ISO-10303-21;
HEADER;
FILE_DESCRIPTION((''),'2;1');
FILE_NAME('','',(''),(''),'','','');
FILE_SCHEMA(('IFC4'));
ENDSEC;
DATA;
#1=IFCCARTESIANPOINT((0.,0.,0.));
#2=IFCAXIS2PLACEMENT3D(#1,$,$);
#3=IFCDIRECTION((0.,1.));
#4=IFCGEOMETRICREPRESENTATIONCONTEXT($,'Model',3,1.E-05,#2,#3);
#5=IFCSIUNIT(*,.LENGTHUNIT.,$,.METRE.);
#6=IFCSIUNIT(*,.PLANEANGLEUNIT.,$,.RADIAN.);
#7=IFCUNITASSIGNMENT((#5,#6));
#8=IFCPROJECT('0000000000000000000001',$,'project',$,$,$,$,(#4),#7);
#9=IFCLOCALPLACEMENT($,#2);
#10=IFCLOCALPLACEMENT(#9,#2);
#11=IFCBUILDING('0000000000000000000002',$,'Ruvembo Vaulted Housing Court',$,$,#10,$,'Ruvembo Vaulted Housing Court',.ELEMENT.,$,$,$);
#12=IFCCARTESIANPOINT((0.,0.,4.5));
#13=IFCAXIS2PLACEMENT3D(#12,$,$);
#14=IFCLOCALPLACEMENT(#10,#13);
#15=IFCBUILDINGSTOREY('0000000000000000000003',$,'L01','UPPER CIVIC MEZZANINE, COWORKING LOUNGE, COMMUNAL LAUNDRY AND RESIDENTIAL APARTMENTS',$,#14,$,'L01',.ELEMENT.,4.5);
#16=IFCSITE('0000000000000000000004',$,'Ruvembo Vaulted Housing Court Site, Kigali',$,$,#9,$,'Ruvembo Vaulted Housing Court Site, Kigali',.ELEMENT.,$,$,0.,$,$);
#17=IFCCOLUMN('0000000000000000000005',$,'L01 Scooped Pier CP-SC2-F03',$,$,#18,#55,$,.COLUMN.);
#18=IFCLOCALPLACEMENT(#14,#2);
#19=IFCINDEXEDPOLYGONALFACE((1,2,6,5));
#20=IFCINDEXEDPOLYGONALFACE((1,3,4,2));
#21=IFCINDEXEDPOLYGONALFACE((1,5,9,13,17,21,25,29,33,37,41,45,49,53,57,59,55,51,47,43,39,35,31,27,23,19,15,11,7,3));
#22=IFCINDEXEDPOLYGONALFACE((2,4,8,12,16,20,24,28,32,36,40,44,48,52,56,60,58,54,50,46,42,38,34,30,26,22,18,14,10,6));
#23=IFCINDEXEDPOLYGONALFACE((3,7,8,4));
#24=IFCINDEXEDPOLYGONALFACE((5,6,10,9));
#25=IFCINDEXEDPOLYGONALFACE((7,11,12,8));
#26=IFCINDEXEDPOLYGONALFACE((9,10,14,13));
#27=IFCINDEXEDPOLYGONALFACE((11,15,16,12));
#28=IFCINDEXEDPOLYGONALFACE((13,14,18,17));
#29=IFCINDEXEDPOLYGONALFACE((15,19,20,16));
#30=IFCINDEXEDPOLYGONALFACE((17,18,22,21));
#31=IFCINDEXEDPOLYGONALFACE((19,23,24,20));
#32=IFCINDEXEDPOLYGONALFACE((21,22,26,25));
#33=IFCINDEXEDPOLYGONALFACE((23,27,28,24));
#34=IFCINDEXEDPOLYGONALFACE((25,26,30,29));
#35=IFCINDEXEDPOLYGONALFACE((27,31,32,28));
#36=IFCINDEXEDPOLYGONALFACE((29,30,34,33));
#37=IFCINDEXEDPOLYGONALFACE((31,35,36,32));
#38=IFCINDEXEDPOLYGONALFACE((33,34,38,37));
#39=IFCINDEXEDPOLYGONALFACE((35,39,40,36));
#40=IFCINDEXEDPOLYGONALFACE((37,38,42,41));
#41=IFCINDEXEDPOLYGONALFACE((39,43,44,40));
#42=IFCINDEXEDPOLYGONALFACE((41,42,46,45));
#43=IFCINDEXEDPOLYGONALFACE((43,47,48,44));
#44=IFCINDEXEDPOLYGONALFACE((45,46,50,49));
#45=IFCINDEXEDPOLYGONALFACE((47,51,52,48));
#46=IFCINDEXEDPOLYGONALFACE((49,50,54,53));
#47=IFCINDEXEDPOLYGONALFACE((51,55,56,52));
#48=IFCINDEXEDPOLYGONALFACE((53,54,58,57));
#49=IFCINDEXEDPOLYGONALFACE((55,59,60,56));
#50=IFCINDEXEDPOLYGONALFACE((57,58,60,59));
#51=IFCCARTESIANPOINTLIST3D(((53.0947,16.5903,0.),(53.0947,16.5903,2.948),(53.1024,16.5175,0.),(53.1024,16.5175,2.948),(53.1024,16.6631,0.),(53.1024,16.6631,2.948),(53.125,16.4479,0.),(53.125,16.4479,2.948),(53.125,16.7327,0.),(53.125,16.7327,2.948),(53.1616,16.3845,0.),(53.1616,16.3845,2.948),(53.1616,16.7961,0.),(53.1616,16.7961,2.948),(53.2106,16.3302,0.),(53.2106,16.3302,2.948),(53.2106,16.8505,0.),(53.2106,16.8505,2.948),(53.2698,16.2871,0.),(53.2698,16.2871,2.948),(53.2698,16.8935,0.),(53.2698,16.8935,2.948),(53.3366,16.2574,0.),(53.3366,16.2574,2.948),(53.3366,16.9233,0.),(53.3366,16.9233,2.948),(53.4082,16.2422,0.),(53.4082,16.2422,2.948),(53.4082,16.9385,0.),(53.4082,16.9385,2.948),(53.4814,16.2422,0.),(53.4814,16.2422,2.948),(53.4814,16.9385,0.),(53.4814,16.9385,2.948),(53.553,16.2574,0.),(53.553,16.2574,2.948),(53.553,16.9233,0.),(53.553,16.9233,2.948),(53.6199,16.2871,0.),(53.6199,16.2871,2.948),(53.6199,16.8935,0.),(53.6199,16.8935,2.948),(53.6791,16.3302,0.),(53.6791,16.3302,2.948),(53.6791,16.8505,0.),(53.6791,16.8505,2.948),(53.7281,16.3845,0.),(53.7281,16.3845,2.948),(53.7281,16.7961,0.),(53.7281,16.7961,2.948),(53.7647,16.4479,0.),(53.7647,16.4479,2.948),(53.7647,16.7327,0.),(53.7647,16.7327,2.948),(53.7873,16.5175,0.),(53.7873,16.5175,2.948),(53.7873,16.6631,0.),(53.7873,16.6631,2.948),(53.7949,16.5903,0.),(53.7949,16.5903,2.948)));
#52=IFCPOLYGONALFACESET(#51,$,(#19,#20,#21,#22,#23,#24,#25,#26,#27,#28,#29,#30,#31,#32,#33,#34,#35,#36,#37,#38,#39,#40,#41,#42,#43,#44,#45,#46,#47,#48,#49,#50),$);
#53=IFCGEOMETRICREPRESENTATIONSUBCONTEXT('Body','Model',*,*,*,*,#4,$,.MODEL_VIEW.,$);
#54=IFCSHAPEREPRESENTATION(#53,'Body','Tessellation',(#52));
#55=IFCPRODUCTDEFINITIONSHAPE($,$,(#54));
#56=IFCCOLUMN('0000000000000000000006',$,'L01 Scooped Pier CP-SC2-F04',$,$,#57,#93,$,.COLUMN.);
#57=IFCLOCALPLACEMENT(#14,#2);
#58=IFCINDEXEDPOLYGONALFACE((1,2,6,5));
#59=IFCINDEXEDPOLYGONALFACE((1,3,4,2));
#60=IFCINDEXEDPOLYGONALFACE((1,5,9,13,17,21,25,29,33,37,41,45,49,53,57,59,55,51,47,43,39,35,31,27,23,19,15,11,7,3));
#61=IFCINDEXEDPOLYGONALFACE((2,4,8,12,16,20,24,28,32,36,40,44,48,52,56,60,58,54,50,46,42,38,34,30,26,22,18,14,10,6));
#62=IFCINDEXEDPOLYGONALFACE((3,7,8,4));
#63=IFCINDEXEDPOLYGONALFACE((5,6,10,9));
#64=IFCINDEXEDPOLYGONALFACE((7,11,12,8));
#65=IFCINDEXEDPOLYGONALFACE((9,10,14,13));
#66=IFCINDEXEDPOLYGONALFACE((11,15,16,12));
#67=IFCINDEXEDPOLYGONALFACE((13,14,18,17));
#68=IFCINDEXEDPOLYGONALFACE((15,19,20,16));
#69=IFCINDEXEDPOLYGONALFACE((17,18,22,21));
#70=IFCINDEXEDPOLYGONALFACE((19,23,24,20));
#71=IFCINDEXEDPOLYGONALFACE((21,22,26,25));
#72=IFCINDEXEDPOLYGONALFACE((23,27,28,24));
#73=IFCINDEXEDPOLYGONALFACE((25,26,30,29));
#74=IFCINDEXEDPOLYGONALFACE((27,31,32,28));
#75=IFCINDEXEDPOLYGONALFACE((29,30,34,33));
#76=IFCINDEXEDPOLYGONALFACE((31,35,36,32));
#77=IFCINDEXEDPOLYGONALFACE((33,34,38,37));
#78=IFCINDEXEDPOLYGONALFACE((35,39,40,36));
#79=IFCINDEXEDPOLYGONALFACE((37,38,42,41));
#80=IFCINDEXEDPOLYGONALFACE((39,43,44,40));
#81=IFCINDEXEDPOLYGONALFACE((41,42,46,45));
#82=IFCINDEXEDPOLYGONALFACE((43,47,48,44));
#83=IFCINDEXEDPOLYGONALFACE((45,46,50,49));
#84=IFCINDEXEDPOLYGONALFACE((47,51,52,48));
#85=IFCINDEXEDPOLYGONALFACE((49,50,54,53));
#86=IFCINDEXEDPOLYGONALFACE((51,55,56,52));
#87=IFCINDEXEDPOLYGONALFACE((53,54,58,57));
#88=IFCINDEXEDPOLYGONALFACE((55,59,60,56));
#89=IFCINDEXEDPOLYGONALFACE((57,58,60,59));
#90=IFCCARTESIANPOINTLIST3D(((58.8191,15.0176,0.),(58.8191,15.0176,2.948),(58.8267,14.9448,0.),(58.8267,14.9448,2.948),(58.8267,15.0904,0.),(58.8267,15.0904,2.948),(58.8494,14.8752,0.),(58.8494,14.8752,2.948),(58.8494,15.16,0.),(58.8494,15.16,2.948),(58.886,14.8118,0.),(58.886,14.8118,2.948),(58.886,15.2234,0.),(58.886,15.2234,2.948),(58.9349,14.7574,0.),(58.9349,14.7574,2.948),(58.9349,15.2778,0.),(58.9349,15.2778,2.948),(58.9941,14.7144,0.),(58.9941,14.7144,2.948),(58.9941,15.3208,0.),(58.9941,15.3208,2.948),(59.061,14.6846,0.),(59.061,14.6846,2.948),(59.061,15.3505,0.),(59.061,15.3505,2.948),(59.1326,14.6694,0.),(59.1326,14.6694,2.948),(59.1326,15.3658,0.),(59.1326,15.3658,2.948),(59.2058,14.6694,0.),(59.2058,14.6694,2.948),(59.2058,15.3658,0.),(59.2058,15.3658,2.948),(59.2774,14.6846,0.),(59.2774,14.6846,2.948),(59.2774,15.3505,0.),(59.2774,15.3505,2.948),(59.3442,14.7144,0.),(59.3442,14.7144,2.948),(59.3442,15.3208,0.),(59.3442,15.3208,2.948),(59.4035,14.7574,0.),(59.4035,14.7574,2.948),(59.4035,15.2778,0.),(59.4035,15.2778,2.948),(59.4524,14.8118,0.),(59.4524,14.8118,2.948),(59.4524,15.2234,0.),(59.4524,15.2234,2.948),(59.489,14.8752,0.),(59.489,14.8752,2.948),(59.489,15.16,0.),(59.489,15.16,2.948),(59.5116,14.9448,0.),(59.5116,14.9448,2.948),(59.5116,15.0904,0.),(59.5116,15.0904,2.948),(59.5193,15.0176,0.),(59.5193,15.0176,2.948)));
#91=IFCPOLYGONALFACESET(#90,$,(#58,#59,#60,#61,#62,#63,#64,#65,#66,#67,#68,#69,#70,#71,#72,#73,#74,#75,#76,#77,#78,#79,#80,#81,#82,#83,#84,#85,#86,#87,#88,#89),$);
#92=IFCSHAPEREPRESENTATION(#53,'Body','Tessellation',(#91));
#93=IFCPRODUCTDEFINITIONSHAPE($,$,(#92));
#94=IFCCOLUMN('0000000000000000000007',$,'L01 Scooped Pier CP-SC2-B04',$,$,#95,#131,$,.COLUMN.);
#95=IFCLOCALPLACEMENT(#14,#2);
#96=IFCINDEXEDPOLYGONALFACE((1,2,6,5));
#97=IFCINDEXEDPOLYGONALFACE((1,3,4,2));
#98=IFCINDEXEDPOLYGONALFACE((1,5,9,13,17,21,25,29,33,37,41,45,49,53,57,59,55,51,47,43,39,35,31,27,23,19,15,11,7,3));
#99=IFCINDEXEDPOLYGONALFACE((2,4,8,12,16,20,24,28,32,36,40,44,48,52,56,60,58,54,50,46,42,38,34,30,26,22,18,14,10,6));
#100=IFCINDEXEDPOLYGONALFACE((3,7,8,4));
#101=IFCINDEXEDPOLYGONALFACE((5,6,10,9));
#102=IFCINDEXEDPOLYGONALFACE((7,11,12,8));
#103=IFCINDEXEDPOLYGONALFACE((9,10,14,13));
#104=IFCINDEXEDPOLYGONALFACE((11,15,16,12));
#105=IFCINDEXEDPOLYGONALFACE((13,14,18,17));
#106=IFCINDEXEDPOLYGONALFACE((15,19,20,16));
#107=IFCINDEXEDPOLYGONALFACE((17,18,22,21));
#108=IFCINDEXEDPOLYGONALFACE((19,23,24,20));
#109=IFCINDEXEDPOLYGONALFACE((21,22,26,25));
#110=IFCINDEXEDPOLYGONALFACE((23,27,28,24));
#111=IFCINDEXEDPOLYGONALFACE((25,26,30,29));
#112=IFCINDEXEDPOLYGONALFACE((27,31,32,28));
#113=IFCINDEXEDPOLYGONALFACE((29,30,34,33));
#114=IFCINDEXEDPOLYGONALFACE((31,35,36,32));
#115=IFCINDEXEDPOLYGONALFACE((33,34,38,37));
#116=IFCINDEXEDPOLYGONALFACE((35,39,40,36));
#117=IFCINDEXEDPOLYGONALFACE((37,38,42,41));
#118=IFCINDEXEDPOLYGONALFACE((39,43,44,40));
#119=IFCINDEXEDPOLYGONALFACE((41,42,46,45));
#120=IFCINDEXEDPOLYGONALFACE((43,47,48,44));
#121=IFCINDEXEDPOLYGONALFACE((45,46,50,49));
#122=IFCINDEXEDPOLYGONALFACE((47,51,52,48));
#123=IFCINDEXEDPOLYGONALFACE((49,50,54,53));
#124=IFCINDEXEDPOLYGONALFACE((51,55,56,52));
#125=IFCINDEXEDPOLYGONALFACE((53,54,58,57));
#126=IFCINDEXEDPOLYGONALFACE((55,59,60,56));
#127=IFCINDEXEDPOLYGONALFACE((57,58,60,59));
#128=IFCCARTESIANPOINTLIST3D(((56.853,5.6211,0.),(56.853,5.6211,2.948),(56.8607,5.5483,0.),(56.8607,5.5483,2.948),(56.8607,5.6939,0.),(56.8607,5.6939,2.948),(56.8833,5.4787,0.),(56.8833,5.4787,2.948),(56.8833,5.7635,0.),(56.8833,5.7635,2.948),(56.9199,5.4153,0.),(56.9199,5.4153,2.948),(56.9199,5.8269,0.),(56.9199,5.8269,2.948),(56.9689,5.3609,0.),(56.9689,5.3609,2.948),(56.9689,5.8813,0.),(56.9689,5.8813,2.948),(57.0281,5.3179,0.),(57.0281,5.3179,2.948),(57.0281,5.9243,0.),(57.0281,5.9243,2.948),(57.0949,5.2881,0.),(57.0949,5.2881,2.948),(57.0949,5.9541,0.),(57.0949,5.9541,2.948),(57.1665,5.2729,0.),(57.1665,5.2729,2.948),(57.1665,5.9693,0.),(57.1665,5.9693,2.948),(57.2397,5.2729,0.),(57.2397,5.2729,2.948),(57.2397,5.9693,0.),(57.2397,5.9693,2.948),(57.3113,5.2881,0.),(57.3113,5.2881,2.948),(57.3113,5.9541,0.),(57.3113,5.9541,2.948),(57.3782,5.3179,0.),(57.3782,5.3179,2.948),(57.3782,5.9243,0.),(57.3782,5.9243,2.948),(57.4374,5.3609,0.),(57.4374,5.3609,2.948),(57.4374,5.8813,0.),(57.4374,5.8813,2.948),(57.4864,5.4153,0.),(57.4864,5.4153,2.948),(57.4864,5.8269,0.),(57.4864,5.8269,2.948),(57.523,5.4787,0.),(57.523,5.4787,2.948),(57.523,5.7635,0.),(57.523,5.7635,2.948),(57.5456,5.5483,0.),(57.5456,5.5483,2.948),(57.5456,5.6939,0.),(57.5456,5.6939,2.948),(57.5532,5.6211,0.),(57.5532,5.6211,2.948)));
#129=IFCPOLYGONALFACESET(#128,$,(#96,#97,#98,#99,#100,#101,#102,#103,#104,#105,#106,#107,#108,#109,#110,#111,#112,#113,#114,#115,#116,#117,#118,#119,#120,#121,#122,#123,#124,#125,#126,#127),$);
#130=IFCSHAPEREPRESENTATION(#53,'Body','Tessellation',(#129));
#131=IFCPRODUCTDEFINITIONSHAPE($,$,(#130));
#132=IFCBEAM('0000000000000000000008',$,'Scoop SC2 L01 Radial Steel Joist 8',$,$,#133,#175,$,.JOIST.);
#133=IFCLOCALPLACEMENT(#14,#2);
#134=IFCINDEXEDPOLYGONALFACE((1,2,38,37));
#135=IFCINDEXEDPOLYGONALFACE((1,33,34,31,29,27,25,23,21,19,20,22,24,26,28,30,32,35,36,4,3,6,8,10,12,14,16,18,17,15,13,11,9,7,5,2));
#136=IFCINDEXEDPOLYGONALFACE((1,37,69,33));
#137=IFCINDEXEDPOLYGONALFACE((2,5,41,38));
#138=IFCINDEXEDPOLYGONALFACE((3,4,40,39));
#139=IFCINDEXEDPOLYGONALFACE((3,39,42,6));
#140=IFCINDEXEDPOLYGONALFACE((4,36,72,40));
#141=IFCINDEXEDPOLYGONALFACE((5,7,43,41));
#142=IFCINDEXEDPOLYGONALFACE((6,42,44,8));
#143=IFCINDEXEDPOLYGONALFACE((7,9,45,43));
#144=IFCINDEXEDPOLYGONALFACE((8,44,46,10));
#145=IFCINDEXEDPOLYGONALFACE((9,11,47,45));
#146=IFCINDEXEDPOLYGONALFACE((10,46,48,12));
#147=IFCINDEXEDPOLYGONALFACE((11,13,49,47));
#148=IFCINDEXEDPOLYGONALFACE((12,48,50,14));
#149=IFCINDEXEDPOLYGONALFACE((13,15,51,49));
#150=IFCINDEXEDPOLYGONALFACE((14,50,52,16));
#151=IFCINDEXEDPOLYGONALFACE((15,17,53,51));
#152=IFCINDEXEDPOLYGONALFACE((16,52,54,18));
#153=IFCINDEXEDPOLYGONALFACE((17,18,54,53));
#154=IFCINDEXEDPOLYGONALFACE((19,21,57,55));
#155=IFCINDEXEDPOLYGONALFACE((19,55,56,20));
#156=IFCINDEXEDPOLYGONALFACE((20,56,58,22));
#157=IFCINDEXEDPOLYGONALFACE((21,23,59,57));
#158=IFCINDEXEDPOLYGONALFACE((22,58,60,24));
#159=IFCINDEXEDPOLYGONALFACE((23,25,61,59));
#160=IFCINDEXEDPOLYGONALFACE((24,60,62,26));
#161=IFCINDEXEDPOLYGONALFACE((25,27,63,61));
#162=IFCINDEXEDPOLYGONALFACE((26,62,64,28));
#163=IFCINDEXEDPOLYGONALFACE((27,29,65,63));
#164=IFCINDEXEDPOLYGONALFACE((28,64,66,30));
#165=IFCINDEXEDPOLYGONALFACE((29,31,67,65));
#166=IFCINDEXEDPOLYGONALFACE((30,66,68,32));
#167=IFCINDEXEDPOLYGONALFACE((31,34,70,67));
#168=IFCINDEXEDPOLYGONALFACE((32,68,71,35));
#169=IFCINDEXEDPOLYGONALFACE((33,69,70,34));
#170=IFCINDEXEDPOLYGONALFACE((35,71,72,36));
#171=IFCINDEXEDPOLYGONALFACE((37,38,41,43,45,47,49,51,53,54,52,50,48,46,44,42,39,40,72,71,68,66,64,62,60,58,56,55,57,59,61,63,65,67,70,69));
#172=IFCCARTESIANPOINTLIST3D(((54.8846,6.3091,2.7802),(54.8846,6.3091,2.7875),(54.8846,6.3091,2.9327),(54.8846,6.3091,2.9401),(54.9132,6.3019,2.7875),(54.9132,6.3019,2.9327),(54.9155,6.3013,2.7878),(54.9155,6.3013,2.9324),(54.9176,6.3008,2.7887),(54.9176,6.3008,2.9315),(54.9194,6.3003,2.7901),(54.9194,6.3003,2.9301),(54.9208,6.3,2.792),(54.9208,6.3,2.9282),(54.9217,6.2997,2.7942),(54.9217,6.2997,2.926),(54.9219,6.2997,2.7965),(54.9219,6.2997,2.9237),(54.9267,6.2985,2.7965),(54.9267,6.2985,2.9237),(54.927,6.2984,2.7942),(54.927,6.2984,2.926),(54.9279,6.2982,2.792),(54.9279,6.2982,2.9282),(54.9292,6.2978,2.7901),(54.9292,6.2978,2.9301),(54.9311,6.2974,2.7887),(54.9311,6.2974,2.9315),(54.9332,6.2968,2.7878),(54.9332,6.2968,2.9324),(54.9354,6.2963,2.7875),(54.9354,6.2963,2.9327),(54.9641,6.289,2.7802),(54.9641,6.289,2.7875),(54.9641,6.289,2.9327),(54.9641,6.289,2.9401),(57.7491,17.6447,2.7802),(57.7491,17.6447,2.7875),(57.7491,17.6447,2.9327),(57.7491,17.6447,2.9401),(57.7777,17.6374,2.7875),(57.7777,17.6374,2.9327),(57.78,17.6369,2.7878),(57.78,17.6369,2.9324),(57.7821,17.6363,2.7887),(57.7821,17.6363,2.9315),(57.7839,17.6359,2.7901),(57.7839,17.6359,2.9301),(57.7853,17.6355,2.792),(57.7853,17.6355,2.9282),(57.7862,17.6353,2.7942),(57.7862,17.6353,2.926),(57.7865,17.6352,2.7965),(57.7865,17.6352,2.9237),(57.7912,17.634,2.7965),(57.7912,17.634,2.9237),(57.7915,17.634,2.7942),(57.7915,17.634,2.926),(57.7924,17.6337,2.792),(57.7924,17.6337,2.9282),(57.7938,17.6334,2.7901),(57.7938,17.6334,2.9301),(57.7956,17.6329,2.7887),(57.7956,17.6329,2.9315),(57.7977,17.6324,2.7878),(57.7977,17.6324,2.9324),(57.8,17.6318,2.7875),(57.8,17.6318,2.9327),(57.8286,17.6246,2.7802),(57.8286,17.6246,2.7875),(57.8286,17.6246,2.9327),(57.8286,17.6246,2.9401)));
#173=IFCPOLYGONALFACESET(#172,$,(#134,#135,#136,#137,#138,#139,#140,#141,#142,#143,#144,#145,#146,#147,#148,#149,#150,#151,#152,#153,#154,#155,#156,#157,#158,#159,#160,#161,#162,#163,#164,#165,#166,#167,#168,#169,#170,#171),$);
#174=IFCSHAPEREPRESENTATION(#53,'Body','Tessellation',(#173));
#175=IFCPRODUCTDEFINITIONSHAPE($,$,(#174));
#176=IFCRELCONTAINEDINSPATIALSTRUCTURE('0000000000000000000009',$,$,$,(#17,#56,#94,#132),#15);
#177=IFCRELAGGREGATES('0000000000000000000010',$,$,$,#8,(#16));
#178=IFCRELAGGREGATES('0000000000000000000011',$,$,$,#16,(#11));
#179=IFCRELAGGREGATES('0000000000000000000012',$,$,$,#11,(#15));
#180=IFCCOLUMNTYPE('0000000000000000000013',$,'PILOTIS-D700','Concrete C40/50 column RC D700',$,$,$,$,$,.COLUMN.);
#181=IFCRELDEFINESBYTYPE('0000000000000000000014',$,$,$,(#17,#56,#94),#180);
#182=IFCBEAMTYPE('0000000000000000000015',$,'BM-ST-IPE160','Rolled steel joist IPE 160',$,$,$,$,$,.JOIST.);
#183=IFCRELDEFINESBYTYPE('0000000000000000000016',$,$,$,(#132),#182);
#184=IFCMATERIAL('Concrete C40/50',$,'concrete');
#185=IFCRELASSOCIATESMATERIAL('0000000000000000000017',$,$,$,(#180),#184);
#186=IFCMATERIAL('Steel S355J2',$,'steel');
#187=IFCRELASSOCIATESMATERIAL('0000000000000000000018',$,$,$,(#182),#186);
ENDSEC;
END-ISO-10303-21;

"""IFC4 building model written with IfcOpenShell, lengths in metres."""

from ifc_helpers import new_model, si_unit, direction, frame, origin, origin_2d, place, context, subcontext, project, spatial, circle, i_section, extrude, material, material_profile, profile_set, type_object, element, save


model = new_model("IFC4")

# Units and contexts
model_context = context("Model", 3, precision=1e-05, world=origin(), true_north=direction((0.0, 1.0)))
body_context = subcontext(model_context, "Body", "Model", "MODEL_VIEW")
ifc_project = project(units=[si_unit("LENGTHUNIT", "METRE"), si_unit("PLANEANGLEUNIT", "RADIAN")], contexts=[model_context])

# Site, building, storey
site_placement = place(None, origin())
site = spatial("IfcSite", under=ifc_project, at=site_placement, Name="Ruvembo Vaulted Housing Court Site, Kigali", LongName="Ruvembo Vaulted Housing Court Site, Kigali", CompositionType="ELEMENT", RefElevation=0.0)
building_placement = place(site_placement, origin())
building = spatial("IfcBuilding", under=site, at=building_placement, Name="Ruvembo Vaulted Housing Court", LongName="Ruvembo Vaulted Housing Court", CompositionType="ELEMENT")
storey_placement = place(building_placement, frame((0.0, 0.0, 4.5)))
storey = spatial("IfcBuildingStorey", under=building, at=storey_placement, Name="L01", Description="UPPER CIVIC MEZZANINE, COWORKING LOUNGE, COMMUNAL LAUNDRY AND RESIDENTIAL APARTMENTS", LongName="L01", CompositionType="ELEMENT", Elevation=4.5)

# Columns
ifc_material_1 = material(Name="Concrete C40/50", Category="concrete")
ifc_material_profile_1 = material_profile(ifc_material_1, circle(Radius=0.3501, at=origin_2d()), Name="RC D700")
ifc_profile_set_1 = profile_set([ifc_material_profile_1], Name="Concrete C40/50")
column_type = type_object("IfcColumnType", Name="PILOTIS-D700", Description="Concrete C40/50 column RC D700", PredefinedType="COLUMN", material=ifc_profile_set_1)
for number, where, z_axis, x_axis, name in (
    (1, (53.4448, 16.5903, 0.0), (0.0, 0.0, 1.0), (1.0, 0.0, 0.0), "L01 Scooped Pier CP-SC2-F03"),
    (2, (59.1692, 15.0176, 0.0), (0.0, 0.0, 1.0), (1.0, 0.0, 0.0), "L01 Scooped Pier CP-SC2-F04"),
    (3, (57.2031, 5.6211, 0.0), (0.0, 0.0, 1.0), (1.0, 0.0, 0.0), "L01 Scooped Pier CP-SC2-B04"),
):
    element("IfcColumn", number, at=place(storey_placement, frame(where, z_axis=z_axis, x_axis=x_axis)), inside=storey, type_object=column_type, Name=name, PredefinedType="COLUMN", context=body_context, shape_type="SweptSolid", body=[
        extrude(circle(Radius=0.3501, at=origin_2d()), origin(), (0.0, 0.0, 1.0), 2.948),
    ])

# Beam
ifc_material_2 = material(Name="Steel S355J2", Category="steel")
ifc_material_profile_2 = material_profile(ifc_material_2, i_section(OverallWidth=0.082, OverallDepth=0.1599, WebThickness=0.0049, FlangeThickness=0.0073, FilletRadius=0.009, at=origin_2d()), Name="IPE 160")
ifc_profile_set_2 = profile_set([ifc_material_profile_2], Name="Steel S355J2")
beam_type_1 = type_object("IfcBeamType", Name="BM-ST-IPE160", Description="Rolled steel joist IPE 160", PredefinedType="JOIST", material=ifc_profile_set_2)
beam_1_placement = place(storey_placement, frame((54.9243, 6.2991, 2.8601), z_axis=(0.245001, 0.969523, 0.0), x_axis=(-0.969523, 0.245001, 0.0)))
element("IfcBeam", 4, at=beam_1_placement, inside=storey, type_object=beam_type_1, Name="Scoop SC2 L01 Radial Steel Joist 8", PredefinedType="JOIST", context=body_context, shape_type="SweptSolid", body=[
    extrude(i_section(OverallWidth=0.082, OverallDepth=0.1599, WebThickness=0.0049, FlangeThickness=0.0073, FilletRadius=0.009, at=origin_2d()), origin(), (0.0, 0.0, 1.0), 11.6919),
])

save(model, "model.ifc")
